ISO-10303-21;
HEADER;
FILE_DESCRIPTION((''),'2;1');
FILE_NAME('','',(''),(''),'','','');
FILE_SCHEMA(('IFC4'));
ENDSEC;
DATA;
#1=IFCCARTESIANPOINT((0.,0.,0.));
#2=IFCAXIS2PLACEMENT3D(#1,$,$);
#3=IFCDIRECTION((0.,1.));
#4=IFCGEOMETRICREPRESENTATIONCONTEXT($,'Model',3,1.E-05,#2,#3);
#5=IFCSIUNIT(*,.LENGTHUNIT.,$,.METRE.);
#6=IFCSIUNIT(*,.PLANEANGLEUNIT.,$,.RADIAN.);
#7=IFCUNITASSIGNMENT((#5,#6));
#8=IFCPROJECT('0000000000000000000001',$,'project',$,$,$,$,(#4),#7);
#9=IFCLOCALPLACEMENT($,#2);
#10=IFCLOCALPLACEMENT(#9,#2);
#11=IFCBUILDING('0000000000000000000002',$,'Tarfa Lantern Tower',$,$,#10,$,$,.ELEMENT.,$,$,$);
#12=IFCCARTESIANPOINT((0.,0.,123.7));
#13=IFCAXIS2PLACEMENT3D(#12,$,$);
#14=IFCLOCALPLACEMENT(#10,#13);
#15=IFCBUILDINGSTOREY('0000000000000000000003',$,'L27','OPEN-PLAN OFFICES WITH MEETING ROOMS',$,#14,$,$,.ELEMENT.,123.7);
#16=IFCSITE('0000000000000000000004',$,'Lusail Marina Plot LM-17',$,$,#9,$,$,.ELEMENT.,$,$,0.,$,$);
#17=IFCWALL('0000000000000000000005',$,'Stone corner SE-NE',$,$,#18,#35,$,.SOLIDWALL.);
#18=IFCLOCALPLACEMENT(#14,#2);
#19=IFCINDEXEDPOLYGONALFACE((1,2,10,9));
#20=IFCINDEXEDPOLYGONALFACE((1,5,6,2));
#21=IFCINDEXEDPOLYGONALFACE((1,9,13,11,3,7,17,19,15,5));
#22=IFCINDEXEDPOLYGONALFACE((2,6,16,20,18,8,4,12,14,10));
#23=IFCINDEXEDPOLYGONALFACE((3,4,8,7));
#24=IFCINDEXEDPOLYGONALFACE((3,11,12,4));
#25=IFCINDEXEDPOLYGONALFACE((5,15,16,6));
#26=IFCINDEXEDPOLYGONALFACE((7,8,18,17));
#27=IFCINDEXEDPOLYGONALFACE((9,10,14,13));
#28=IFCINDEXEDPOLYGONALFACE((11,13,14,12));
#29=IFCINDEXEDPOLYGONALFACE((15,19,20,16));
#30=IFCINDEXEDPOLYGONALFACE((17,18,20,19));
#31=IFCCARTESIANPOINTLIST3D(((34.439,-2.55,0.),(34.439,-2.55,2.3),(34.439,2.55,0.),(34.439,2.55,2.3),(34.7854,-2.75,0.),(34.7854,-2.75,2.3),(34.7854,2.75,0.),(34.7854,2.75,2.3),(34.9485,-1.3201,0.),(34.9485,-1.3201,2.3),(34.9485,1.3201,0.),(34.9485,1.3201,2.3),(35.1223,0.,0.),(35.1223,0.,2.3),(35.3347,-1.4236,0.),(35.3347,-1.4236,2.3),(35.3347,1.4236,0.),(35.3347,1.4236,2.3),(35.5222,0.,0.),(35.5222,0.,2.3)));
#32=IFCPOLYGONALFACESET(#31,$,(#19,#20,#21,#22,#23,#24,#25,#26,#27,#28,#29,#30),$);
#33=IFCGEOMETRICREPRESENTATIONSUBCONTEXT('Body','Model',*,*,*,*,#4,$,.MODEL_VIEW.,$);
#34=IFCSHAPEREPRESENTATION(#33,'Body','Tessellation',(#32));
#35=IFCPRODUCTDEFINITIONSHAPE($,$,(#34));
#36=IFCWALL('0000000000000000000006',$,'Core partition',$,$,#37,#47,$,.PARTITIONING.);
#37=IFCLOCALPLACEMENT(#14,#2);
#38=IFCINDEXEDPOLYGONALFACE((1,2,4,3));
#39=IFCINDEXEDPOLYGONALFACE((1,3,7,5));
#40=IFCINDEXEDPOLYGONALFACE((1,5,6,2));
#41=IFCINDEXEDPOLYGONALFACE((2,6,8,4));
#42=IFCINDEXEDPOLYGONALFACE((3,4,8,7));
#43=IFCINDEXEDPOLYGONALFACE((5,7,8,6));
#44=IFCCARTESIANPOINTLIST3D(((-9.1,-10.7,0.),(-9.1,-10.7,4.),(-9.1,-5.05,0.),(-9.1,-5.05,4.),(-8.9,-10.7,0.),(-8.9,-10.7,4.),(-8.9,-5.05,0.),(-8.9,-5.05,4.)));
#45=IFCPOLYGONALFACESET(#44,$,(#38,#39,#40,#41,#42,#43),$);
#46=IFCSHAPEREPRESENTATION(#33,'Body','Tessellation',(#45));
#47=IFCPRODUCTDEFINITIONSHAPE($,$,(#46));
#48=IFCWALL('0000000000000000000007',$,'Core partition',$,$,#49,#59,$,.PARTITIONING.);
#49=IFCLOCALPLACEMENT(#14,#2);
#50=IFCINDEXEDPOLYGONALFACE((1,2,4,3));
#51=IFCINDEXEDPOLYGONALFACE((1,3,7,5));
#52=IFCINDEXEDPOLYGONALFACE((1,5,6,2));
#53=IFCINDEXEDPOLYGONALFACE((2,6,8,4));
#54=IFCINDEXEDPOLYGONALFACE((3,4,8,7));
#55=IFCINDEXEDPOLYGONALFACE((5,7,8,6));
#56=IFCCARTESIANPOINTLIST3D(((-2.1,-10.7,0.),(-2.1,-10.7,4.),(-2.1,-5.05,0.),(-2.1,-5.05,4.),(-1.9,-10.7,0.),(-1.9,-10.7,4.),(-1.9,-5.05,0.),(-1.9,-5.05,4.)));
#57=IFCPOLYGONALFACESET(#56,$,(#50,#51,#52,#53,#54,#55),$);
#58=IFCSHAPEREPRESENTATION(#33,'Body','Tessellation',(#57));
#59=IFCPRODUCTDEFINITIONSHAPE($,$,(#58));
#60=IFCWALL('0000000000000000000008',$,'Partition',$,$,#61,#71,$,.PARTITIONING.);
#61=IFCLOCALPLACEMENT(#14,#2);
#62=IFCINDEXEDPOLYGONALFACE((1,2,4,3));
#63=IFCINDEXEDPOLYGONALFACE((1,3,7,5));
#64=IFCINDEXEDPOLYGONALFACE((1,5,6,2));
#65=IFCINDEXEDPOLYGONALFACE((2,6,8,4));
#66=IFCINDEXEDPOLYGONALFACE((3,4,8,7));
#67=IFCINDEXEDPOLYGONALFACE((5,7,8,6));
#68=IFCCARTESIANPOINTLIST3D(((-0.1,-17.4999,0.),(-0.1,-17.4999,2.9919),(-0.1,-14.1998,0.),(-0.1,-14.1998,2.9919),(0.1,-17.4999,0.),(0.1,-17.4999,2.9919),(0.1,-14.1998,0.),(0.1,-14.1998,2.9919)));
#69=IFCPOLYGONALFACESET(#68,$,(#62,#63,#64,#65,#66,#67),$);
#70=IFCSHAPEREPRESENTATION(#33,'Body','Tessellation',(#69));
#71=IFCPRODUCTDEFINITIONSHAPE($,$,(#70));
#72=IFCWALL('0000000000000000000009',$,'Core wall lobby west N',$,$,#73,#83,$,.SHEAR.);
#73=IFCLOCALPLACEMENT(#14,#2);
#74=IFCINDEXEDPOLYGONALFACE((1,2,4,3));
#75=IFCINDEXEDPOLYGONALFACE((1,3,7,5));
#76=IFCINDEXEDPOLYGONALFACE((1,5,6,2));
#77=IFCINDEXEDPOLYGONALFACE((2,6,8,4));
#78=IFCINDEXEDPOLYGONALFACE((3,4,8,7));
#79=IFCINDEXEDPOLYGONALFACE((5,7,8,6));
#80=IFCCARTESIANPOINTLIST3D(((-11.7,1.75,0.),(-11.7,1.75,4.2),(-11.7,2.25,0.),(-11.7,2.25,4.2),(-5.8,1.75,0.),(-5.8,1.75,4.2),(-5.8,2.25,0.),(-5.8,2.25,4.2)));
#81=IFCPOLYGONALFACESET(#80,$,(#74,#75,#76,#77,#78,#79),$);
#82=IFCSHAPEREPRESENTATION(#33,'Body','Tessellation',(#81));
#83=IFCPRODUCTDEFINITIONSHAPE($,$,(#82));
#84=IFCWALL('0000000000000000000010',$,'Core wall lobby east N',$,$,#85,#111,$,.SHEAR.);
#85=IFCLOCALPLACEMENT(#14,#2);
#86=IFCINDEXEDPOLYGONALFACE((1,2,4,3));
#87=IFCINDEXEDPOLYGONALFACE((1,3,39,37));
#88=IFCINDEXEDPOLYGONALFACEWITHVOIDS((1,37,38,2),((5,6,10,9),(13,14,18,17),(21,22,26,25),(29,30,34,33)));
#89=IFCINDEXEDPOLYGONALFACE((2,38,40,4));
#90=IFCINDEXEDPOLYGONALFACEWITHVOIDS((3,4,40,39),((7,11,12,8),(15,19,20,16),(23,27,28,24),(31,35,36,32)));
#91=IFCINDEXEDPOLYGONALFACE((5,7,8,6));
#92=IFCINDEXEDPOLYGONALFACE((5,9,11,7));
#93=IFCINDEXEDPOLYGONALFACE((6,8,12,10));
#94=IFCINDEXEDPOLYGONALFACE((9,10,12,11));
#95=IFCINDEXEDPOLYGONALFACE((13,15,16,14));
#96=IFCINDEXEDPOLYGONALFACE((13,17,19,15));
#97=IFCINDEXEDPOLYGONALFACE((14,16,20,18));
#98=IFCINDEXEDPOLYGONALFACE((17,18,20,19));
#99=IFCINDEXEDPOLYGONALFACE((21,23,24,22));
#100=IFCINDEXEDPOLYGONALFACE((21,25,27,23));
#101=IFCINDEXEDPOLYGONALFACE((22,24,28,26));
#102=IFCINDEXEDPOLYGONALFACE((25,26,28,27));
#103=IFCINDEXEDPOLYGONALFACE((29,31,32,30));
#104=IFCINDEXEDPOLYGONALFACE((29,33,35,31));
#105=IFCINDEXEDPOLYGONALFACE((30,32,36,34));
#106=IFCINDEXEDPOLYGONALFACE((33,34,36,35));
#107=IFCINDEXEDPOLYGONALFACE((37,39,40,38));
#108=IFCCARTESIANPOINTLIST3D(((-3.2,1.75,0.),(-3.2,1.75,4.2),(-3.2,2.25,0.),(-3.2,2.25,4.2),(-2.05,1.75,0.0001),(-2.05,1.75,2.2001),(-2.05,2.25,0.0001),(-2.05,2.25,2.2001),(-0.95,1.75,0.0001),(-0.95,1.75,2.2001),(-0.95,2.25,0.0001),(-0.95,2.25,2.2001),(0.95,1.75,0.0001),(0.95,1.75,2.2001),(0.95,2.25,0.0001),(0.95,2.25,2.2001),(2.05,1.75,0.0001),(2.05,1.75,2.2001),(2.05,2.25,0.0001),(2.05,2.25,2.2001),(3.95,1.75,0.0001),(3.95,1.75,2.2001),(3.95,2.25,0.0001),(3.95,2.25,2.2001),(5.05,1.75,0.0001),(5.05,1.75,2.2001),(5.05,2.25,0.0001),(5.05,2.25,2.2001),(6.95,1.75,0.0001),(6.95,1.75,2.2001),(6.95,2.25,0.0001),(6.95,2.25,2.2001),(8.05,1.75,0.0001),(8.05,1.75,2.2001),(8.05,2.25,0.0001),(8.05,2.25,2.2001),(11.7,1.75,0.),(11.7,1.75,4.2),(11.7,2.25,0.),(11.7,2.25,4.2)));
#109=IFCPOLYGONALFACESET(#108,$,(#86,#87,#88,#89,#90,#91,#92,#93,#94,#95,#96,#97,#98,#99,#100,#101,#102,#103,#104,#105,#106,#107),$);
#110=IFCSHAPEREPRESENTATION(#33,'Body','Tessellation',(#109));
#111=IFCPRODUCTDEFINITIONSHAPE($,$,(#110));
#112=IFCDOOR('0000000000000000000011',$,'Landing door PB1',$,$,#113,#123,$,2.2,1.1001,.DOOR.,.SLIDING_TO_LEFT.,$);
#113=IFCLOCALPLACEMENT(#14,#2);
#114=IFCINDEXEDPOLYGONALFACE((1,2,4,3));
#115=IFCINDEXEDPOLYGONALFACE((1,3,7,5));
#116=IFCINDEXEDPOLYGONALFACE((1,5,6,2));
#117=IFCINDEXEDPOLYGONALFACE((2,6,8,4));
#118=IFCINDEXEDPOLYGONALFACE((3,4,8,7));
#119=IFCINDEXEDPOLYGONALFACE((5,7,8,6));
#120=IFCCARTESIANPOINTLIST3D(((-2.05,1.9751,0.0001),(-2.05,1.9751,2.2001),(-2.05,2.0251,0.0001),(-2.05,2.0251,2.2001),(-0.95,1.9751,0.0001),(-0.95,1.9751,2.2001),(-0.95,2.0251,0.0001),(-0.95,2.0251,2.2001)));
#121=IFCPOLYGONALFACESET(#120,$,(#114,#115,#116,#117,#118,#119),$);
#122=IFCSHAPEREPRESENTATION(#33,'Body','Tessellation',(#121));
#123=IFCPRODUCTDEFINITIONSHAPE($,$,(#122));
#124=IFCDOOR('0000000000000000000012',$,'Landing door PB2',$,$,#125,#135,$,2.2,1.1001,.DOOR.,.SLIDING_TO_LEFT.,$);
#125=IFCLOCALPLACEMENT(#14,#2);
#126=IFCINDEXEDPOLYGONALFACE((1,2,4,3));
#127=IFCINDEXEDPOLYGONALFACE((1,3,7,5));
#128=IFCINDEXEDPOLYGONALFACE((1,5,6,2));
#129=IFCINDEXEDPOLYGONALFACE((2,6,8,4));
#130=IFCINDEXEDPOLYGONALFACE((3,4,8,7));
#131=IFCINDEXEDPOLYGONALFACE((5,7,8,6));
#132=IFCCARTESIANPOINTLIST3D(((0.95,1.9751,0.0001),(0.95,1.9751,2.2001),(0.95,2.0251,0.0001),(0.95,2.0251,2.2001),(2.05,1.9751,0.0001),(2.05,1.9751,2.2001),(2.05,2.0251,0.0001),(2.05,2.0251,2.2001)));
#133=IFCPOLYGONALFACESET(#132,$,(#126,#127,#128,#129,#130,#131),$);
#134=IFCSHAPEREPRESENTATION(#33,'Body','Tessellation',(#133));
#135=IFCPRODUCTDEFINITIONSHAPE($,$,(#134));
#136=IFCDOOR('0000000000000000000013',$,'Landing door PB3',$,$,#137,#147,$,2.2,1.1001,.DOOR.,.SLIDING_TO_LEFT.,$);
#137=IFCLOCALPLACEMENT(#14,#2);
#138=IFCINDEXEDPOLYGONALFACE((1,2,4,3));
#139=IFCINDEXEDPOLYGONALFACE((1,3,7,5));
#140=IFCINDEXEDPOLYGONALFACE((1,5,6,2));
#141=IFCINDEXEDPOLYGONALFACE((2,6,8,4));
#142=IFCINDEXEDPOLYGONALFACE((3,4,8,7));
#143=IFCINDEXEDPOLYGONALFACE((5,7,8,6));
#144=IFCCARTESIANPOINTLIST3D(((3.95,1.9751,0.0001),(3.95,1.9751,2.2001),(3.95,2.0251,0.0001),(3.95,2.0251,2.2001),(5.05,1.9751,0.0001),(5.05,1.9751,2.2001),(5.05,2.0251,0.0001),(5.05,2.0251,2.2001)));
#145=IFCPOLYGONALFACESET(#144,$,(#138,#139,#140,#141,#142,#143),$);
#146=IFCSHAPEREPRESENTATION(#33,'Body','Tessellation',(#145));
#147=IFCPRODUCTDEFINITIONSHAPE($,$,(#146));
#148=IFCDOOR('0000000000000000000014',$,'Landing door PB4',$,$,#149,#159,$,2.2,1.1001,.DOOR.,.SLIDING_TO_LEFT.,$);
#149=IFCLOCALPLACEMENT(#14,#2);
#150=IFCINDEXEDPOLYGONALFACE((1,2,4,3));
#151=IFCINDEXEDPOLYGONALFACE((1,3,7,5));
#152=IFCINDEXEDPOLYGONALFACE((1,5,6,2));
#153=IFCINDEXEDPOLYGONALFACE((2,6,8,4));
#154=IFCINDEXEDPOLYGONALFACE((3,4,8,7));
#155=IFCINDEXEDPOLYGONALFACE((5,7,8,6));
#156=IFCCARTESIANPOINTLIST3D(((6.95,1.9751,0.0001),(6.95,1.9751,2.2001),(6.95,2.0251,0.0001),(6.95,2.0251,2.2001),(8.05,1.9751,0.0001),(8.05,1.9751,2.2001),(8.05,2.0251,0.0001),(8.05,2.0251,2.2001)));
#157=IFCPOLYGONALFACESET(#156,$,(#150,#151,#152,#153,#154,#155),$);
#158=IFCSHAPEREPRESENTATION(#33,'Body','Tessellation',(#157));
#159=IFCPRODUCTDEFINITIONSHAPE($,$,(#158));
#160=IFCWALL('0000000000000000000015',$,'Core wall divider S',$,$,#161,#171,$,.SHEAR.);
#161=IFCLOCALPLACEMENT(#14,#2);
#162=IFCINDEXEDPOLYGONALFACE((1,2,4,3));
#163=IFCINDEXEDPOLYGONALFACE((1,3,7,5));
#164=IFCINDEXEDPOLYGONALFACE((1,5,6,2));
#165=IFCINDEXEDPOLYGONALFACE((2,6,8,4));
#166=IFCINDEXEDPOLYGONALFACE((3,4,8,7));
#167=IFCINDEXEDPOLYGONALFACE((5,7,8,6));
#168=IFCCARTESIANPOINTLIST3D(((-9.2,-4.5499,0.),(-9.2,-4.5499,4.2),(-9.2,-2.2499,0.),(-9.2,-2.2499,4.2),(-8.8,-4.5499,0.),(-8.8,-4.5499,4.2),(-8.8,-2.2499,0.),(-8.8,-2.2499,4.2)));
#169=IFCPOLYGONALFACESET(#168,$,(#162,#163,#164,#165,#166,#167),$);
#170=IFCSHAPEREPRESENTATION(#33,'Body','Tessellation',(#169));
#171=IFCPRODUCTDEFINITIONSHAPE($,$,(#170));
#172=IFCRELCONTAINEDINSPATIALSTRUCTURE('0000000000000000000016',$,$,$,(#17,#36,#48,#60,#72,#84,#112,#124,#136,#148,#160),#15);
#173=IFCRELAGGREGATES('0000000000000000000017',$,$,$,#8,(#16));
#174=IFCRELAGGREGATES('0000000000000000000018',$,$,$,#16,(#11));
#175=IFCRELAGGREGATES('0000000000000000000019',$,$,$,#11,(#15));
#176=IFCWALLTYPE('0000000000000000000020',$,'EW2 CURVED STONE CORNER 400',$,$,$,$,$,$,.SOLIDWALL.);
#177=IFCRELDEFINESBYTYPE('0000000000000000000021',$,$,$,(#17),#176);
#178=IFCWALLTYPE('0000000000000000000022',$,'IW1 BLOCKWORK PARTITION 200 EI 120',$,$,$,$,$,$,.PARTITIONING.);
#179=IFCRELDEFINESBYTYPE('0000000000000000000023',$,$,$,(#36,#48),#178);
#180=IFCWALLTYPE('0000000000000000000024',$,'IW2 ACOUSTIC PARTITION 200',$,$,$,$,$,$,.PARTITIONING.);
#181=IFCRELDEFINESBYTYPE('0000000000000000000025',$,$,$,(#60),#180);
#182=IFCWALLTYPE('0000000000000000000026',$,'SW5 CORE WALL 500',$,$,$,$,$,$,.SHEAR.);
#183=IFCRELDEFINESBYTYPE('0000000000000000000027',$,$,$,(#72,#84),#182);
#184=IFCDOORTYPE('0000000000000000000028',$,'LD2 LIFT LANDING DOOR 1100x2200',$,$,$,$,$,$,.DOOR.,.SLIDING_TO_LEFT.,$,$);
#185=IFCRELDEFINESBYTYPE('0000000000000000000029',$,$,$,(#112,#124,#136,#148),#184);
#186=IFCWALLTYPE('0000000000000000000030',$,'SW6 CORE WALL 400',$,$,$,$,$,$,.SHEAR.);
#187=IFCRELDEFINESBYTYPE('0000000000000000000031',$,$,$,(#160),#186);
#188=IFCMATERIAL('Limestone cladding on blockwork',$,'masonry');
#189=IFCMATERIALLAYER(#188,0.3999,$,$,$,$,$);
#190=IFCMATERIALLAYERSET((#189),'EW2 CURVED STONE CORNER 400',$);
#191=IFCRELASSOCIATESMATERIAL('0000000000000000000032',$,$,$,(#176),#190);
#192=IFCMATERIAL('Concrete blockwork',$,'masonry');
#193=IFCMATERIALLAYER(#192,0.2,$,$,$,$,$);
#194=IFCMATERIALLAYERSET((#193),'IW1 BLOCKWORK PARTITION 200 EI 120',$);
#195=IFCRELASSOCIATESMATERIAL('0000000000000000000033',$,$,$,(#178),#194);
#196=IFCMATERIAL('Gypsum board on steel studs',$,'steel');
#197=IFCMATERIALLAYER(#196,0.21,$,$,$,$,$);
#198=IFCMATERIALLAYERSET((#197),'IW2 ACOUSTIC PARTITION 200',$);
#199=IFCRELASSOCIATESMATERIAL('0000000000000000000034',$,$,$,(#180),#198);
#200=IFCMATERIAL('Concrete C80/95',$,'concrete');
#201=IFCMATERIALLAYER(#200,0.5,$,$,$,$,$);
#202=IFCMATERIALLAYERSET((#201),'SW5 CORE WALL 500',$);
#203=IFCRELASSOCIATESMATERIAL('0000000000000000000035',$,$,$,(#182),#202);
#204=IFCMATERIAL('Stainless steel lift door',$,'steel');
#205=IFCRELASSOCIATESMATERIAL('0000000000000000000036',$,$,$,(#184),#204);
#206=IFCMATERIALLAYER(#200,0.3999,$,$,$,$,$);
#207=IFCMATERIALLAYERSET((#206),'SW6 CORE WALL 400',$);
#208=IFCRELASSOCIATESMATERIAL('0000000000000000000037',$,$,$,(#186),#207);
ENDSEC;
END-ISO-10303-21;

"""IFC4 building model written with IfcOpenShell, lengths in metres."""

from ifc_helpers import new_model, si_unit, direction, frame, frame_2d, origin, place, context, subcontext, project, spatial, polyline, rectangle, outline, extrude, material, layer, layer_set, type_object, element, fill, save


model = new_model("IFC4")

# Units and contexts
model_context = context("Model", 3, precision=1e-05, world=origin(), true_north=direction((0.0, 1.0)))
body_context = subcontext(model_context, "Body", "Model", "MODEL_VIEW")
ifc_project = project(units=[si_unit("LENGTHUNIT", "METRE"), si_unit("PLANEANGLEUNIT", "RADIAN")], contexts=[model_context])

# Site, building, storey
site_placement = place(None, origin())
site = spatial("IfcSite", under=ifc_project, at=site_placement, Name="Lusail Marina Plot LM-17", CompositionType="ELEMENT", RefElevation=0.0)
building_placement = place(site_placement, origin())
building = spatial("IfcBuilding", under=site, at=building_placement, Name="Tarfa Lantern Tower", CompositionType="ELEMENT")
storey_placement = place(building_placement, frame((0.0, 0.0, 123.7)))
storey = spatial("IfcBuildingStorey", under=building, at=storey_placement, Name="L27", Description="OPEN-PLAN OFFICES WITH MEETING ROOMS", CompositionType="ELEMENT", Elevation=123.7)

# Walls
ifc_material_1 = material(Name="Limestone cladding on blockwork", Category="masonry")
ifc_layer_1 = layer(ifc_material_1, 0.3999)
ifc_layer_set_1 = layer_set([ifc_layer_1], Name="EW2 CURVED STONE CORNER 400")
wall_type_1 = type_object("IfcWallType", Name="EW2 CURVED STONE CORNER 400", PredefinedType="SOLIDWALL", material=ifc_layer_set_1)
wall_1_placement = place(storey_placement, origin())
element("IfcWall", 1, at=wall_1_placement, inside=storey, type_object=wall_type_1, Name="Stone corner SE-NE", PredefinedType="SOLIDWALL", context=body_context, shape_type="SweptSolid", body=[
    extrude(outline(polyline([(34.7854, -2.75), (35.3347, -1.4236), (35.5222, 0.0), (35.3347, 1.4236), (34.7854, 2.75), (34.439, 2.55), (34.9485, 1.3201), (35.1223, 0.0), (34.9485, -1.3201), (34.439, -2.55), (34.7854, -2.75)])), origin(), (0.0, 0.0, 1.0), 2.3),
])
ifc_material_2 = material(Name="Concrete blockwork", Category="masonry")
ifc_layer_2 = layer(ifc_material_2, 0.2)
ifc_layer_set_2 = layer_set([ifc_layer_2], Name="IW1 BLOCKWORK PARTITION 200 EI 120")
wall_type_2 = type_object("IfcWallType", Name="IW1 BLOCKWORK PARTITION 200 EI 120", PredefinedType="PARTITIONING", material=ifc_layer_set_2)
for number, where, z_axis, x_axis, name in (
    (2, (-9.0, -5.05, 0.0), (0.0, 0.0, 1.0), (0.0, -1.0, 0.0), "Core partition"),
    (3, (-2.0, -5.05, 0.0), (0.0, 0.0, 1.0), (0.0, -1.0, 0.0), "Core partition"),
):
    element("IfcWall", number, at=place(storey_placement, frame(where, z_axis=z_axis, x_axis=x_axis)), inside=storey, type_object=wall_type_2, Name=name, PredefinedType="PARTITIONING", context=body_context, shape_type="SweptSolid", body=[
        extrude(rectangle(XDim=5.6499, YDim=0.2, at=frame_2d((2.825, 0.0))), origin(), (0.0, 0.0, 1.0), 4.0),
    ])
ifc_material_3 = material(Name="Gypsum board on steel studs", Category="steel")
ifc_layer_3 = layer(ifc_material_3, 0.21)
ifc_layer_set_3 = layer_set([ifc_layer_3], Name="IW2 ACOUSTIC PARTITION 200")
wall_type_3 = type_object("IfcWallType", Name="IW2 ACOUSTIC PARTITION 200", PredefinedType="PARTITIONING", material=ifc_layer_set_3)
wall_2_placement = place(storey_placement, frame((0.0, -14.2, 0.0), z_axis=(0.0, 0.0, 1.0), x_axis=(0.0, -1.0, 0.0)))
element("IfcWall", 4, at=wall_2_placement, inside=storey, type_object=wall_type_3, Name="Partition", PredefinedType="PARTITIONING", context=body_context, shape_type="SweptSolid", body=[
    extrude(rectangle(XDim=3.3, YDim=0.2, at=frame_2d((1.6499, 0.0))), origin(), (0.0, 0.0, 1.0), 2.9919),
])
ifc_material_4 = material(Name="Concrete C80/95", Category="concrete")
ifc_layer_4 = layer(ifc_material_4, 0.5)
ifc_layer_set_4 = layer_set([ifc_layer_4], Name="SW5 CORE WALL 500")
wall_type_4 = type_object("IfcWallType", Name="SW5 CORE WALL 500", PredefinedType="SHEAR", material=ifc_layer_set_4)
wall_3_placement = place(storey_placement, frame((-11.7, 2.0, 0.0), z_axis=(0.0, 0.0, 1.0), x_axis=(1.0, 0.0, 0.0)))
element("IfcWall", 5, at=wall_3_placement, inside=storey, type_object=wall_type_4, Name="Core wall lobby west N", PredefinedType="SHEAR", context=body_context, shape_type="SweptSolid", body=[
    extrude(rectangle(XDim=5.8999, YDim=0.5, at=frame_2d((2.95, 0.0))), origin(), (0.0, 0.0, 1.0), 4.2),
])

# Wall, openings, doors
wall_4_placement = place(storey_placement, frame((-3.2, 2.0, 0.0), z_axis=(0.0, 0.0, 1.0), x_axis=(1.0, 0.0, 0.0)))
wall_4 = element("IfcWall", 6, at=wall_4_placement, inside=storey, type_object=wall_type_4, Name="Core wall lobby east N", PredefinedType="SHEAR", context=body_context, shape_type="SweptSolid", body=[
    extrude(rectangle(XDim=14.8999, YDim=0.5, at=frame_2d((7.45, 0.0))), origin(), (0.0, 0.0, 1.0), 4.2),
])
opening_1_placement = place(wall_4_placement, frame((1.1499, 0.0, 0.0)))
opening_1 = element("IfcOpeningElement", 7, at=opening_1_placement, cuts=wall_4, PredefinedType="OPENING", context=body_context, shape_type="SweptSolid", body=[
    extrude(rectangle(XDim=1.1001, YDim=2.2, at=frame_2d((0.55, 1.1001))), frame((0.0, 0.26, 0.0), z_axis=(0.0, -1.0, 0.0), x_axis=(1.0, 0.0, 0.0)), (0.0, 0.0, 1.0), 0.52),
])
opening_2_placement = place(wall_4_placement, frame((4.1499, 0.0, 0.0)))
opening_2 = element("IfcOpeningElement", 8, at=opening_2_placement, cuts=wall_4, PredefinedType="OPENING", context=body_context, shape_type="SweptSolid", body=[
    extrude(rectangle(XDim=1.1001, YDim=2.2, at=frame_2d((0.55, 1.1001))), frame((0.0, 0.26, 0.0), z_axis=(0.0, -1.0, 0.0), x_axis=(1.0, 0.0, 0.0)), (0.0, 0.0, 1.0), 0.52),
])
opening_3_placement = place(wall_4_placement, frame((7.1499, 0.0, 0.0)))
opening_3 = element("IfcOpeningElement", 9, at=opening_3_placement, cuts=wall_4, PredefinedType="OPENING", context=body_context, shape_type="SweptSolid", body=[
    extrude(rectangle(XDim=1.1001, YDim=2.2, at=frame_2d((0.55, 1.1001))), frame((0.0, 0.26, 0.0), z_axis=(0.0, -1.0, 0.0), x_axis=(1.0, 0.0, 0.0)), (0.0, 0.0, 1.0), 0.52),
])
opening_4_placement = place(wall_4_placement, frame((10.1499, 0.0, 0.0)))
opening_4 = element("IfcOpeningElement", 10, at=opening_4_placement, cuts=wall_4, PredefinedType="OPENING", context=body_context, shape_type="SweptSolid", body=[
    extrude(rectangle(XDim=1.1001, YDim=2.2, at=frame_2d((0.55, 1.1001))), frame((0.0, 0.26, 0.0), z_axis=(0.0, -1.0, 0.0), x_axis=(1.0, 0.0, 0.0)), (0.0, 0.0, 1.0), 0.52),
])
ifc_material_5 = material(Name="Stainless steel lift door", Category="steel")
door_type = type_object("IfcDoorType", Name="LD2 LIFT LANDING DOOR 1100x2200", OperationType="SLIDING_TO_LEFT", PredefinedType="DOOR", material=ifc_material_5)
door_1_placement = place(opening_1_placement, frame((1.1001, 0.0, 0.0), z_axis=(0.0, 0.0, 1.0), x_axis=(-1.0, 0.0, 0.0)))
door_1 = element("IfcDoor", 11, at=door_1_placement, inside=storey, type_object=door_type, Name="Landing door PB1", OperationType="SLIDING_TO_LEFT", OverallHeight=2.2, OverallWidth=1.1001, PredefinedType="DOOR", context=body_context, shape_type="SweptSolid", body=[
    extrude(rectangle(XDim=1.1001, YDim=2.2, at=frame_2d((0.55, 1.1001))), frame((0.0, 0.0249, 0.0), z_axis=(0.0, -1.0, 0.0), x_axis=(1.0, 0.0, 0.0)), (0.0, 0.0, 1.0), 0.05),
])
fill(opening_1, door_1)
door_2_placement = place(opening_2_placement, frame((1.1001, 0.0, 0.0), z_axis=(0.0, 0.0, 1.0), x_axis=(-1.0, 0.0, 0.0)))
door_2 = element("IfcDoor", 12, at=door_2_placement, inside=storey, type_object=door_type, Name="Landing door PB2", OperationType="SLIDING_TO_LEFT", OverallHeight=2.2, OverallWidth=1.1001, PredefinedType="DOOR", context=body_context, shape_type="SweptSolid", body=[
    extrude(rectangle(XDim=1.1001, YDim=2.2, at=frame_2d((0.55, 1.1001))), frame((0.0, 0.0249, 0.0), z_axis=(0.0, -1.0, 0.0), x_axis=(1.0, 0.0, 0.0)), (0.0, 0.0, 1.0), 0.05),
])
fill(opening_2, door_2)
door_3_placement = place(opening_3_placement, frame((1.1001, 0.0, 0.0), z_axis=(0.0, 0.0, 1.0), x_axis=(-1.0, 0.0, 0.0)))
door_3 = element("IfcDoor", 13, at=door_3_placement, inside=storey, type_object=door_type, Name="Landing door PB3", OperationType="SLIDING_TO_LEFT", OverallHeight=2.2, OverallWidth=1.1001, PredefinedType="DOOR", context=body_context, shape_type="SweptSolid", body=[
    extrude(rectangle(XDim=1.1001, YDim=2.2, at=frame_2d((0.55, 1.1001))), frame((0.0, 0.0249, 0.0), z_axis=(0.0, -1.0, 0.0), x_axis=(1.0, 0.0, 0.0)), (0.0, 0.0, 1.0), 0.05),
])
fill(opening_3, door_3)
door_4_placement = place(opening_4_placement, frame((1.1001, 0.0, 0.0), z_axis=(0.0, 0.0, 1.0), x_axis=(-1.0, 0.0, 0.0)))
door_4 = element("IfcDoor", 14, at=door_4_placement, inside=storey, type_object=door_type, Name="Landing door PB4", OperationType="SLIDING_TO_LEFT", OverallHeight=2.2, OverallWidth=1.1001, PredefinedType="DOOR", context=body_context, shape_type="SweptSolid", body=[
    extrude(rectangle(XDim=1.1001, YDim=2.2, at=frame_2d((0.55, 1.1001))), frame((0.0, 0.0249, 0.0), z_axis=(0.0, -1.0, 0.0), x_axis=(1.0, 0.0, 0.0)), (0.0, 0.0, 1.0), 0.05),
])
fill(opening_4, door_4)

# Wall
ifc_layer_5 = layer(ifc_material_4, 0.3999)
ifc_layer_set_5 = layer_set([ifc_layer_5], Name="SW6 CORE WALL 400")
wall_type_5 = type_object("IfcWallType", Name="SW6 CORE WALL 400", PredefinedType="SHEAR", material=ifc_layer_set_5)
wall_5_placement = place(storey_placement, frame((-9.0, -2.25, 0.0), z_axis=(0.0, 0.0, 1.0), x_axis=(0.0, -1.0, 0.0)))
element("IfcWall", 15, at=wall_5_placement, inside=storey, type_object=wall_type_5, Name="Core wall divider S", PredefinedType="SHEAR", context=body_context, shape_type="SweptSolid", body=[
    extrude(rectangle(XDim=2.3, YDim=0.3999, at=frame_2d((1.1499, 0.0))), origin(), (0.0, 0.0, 1.0), 4.2),
])

save(model, "model.ifc")
